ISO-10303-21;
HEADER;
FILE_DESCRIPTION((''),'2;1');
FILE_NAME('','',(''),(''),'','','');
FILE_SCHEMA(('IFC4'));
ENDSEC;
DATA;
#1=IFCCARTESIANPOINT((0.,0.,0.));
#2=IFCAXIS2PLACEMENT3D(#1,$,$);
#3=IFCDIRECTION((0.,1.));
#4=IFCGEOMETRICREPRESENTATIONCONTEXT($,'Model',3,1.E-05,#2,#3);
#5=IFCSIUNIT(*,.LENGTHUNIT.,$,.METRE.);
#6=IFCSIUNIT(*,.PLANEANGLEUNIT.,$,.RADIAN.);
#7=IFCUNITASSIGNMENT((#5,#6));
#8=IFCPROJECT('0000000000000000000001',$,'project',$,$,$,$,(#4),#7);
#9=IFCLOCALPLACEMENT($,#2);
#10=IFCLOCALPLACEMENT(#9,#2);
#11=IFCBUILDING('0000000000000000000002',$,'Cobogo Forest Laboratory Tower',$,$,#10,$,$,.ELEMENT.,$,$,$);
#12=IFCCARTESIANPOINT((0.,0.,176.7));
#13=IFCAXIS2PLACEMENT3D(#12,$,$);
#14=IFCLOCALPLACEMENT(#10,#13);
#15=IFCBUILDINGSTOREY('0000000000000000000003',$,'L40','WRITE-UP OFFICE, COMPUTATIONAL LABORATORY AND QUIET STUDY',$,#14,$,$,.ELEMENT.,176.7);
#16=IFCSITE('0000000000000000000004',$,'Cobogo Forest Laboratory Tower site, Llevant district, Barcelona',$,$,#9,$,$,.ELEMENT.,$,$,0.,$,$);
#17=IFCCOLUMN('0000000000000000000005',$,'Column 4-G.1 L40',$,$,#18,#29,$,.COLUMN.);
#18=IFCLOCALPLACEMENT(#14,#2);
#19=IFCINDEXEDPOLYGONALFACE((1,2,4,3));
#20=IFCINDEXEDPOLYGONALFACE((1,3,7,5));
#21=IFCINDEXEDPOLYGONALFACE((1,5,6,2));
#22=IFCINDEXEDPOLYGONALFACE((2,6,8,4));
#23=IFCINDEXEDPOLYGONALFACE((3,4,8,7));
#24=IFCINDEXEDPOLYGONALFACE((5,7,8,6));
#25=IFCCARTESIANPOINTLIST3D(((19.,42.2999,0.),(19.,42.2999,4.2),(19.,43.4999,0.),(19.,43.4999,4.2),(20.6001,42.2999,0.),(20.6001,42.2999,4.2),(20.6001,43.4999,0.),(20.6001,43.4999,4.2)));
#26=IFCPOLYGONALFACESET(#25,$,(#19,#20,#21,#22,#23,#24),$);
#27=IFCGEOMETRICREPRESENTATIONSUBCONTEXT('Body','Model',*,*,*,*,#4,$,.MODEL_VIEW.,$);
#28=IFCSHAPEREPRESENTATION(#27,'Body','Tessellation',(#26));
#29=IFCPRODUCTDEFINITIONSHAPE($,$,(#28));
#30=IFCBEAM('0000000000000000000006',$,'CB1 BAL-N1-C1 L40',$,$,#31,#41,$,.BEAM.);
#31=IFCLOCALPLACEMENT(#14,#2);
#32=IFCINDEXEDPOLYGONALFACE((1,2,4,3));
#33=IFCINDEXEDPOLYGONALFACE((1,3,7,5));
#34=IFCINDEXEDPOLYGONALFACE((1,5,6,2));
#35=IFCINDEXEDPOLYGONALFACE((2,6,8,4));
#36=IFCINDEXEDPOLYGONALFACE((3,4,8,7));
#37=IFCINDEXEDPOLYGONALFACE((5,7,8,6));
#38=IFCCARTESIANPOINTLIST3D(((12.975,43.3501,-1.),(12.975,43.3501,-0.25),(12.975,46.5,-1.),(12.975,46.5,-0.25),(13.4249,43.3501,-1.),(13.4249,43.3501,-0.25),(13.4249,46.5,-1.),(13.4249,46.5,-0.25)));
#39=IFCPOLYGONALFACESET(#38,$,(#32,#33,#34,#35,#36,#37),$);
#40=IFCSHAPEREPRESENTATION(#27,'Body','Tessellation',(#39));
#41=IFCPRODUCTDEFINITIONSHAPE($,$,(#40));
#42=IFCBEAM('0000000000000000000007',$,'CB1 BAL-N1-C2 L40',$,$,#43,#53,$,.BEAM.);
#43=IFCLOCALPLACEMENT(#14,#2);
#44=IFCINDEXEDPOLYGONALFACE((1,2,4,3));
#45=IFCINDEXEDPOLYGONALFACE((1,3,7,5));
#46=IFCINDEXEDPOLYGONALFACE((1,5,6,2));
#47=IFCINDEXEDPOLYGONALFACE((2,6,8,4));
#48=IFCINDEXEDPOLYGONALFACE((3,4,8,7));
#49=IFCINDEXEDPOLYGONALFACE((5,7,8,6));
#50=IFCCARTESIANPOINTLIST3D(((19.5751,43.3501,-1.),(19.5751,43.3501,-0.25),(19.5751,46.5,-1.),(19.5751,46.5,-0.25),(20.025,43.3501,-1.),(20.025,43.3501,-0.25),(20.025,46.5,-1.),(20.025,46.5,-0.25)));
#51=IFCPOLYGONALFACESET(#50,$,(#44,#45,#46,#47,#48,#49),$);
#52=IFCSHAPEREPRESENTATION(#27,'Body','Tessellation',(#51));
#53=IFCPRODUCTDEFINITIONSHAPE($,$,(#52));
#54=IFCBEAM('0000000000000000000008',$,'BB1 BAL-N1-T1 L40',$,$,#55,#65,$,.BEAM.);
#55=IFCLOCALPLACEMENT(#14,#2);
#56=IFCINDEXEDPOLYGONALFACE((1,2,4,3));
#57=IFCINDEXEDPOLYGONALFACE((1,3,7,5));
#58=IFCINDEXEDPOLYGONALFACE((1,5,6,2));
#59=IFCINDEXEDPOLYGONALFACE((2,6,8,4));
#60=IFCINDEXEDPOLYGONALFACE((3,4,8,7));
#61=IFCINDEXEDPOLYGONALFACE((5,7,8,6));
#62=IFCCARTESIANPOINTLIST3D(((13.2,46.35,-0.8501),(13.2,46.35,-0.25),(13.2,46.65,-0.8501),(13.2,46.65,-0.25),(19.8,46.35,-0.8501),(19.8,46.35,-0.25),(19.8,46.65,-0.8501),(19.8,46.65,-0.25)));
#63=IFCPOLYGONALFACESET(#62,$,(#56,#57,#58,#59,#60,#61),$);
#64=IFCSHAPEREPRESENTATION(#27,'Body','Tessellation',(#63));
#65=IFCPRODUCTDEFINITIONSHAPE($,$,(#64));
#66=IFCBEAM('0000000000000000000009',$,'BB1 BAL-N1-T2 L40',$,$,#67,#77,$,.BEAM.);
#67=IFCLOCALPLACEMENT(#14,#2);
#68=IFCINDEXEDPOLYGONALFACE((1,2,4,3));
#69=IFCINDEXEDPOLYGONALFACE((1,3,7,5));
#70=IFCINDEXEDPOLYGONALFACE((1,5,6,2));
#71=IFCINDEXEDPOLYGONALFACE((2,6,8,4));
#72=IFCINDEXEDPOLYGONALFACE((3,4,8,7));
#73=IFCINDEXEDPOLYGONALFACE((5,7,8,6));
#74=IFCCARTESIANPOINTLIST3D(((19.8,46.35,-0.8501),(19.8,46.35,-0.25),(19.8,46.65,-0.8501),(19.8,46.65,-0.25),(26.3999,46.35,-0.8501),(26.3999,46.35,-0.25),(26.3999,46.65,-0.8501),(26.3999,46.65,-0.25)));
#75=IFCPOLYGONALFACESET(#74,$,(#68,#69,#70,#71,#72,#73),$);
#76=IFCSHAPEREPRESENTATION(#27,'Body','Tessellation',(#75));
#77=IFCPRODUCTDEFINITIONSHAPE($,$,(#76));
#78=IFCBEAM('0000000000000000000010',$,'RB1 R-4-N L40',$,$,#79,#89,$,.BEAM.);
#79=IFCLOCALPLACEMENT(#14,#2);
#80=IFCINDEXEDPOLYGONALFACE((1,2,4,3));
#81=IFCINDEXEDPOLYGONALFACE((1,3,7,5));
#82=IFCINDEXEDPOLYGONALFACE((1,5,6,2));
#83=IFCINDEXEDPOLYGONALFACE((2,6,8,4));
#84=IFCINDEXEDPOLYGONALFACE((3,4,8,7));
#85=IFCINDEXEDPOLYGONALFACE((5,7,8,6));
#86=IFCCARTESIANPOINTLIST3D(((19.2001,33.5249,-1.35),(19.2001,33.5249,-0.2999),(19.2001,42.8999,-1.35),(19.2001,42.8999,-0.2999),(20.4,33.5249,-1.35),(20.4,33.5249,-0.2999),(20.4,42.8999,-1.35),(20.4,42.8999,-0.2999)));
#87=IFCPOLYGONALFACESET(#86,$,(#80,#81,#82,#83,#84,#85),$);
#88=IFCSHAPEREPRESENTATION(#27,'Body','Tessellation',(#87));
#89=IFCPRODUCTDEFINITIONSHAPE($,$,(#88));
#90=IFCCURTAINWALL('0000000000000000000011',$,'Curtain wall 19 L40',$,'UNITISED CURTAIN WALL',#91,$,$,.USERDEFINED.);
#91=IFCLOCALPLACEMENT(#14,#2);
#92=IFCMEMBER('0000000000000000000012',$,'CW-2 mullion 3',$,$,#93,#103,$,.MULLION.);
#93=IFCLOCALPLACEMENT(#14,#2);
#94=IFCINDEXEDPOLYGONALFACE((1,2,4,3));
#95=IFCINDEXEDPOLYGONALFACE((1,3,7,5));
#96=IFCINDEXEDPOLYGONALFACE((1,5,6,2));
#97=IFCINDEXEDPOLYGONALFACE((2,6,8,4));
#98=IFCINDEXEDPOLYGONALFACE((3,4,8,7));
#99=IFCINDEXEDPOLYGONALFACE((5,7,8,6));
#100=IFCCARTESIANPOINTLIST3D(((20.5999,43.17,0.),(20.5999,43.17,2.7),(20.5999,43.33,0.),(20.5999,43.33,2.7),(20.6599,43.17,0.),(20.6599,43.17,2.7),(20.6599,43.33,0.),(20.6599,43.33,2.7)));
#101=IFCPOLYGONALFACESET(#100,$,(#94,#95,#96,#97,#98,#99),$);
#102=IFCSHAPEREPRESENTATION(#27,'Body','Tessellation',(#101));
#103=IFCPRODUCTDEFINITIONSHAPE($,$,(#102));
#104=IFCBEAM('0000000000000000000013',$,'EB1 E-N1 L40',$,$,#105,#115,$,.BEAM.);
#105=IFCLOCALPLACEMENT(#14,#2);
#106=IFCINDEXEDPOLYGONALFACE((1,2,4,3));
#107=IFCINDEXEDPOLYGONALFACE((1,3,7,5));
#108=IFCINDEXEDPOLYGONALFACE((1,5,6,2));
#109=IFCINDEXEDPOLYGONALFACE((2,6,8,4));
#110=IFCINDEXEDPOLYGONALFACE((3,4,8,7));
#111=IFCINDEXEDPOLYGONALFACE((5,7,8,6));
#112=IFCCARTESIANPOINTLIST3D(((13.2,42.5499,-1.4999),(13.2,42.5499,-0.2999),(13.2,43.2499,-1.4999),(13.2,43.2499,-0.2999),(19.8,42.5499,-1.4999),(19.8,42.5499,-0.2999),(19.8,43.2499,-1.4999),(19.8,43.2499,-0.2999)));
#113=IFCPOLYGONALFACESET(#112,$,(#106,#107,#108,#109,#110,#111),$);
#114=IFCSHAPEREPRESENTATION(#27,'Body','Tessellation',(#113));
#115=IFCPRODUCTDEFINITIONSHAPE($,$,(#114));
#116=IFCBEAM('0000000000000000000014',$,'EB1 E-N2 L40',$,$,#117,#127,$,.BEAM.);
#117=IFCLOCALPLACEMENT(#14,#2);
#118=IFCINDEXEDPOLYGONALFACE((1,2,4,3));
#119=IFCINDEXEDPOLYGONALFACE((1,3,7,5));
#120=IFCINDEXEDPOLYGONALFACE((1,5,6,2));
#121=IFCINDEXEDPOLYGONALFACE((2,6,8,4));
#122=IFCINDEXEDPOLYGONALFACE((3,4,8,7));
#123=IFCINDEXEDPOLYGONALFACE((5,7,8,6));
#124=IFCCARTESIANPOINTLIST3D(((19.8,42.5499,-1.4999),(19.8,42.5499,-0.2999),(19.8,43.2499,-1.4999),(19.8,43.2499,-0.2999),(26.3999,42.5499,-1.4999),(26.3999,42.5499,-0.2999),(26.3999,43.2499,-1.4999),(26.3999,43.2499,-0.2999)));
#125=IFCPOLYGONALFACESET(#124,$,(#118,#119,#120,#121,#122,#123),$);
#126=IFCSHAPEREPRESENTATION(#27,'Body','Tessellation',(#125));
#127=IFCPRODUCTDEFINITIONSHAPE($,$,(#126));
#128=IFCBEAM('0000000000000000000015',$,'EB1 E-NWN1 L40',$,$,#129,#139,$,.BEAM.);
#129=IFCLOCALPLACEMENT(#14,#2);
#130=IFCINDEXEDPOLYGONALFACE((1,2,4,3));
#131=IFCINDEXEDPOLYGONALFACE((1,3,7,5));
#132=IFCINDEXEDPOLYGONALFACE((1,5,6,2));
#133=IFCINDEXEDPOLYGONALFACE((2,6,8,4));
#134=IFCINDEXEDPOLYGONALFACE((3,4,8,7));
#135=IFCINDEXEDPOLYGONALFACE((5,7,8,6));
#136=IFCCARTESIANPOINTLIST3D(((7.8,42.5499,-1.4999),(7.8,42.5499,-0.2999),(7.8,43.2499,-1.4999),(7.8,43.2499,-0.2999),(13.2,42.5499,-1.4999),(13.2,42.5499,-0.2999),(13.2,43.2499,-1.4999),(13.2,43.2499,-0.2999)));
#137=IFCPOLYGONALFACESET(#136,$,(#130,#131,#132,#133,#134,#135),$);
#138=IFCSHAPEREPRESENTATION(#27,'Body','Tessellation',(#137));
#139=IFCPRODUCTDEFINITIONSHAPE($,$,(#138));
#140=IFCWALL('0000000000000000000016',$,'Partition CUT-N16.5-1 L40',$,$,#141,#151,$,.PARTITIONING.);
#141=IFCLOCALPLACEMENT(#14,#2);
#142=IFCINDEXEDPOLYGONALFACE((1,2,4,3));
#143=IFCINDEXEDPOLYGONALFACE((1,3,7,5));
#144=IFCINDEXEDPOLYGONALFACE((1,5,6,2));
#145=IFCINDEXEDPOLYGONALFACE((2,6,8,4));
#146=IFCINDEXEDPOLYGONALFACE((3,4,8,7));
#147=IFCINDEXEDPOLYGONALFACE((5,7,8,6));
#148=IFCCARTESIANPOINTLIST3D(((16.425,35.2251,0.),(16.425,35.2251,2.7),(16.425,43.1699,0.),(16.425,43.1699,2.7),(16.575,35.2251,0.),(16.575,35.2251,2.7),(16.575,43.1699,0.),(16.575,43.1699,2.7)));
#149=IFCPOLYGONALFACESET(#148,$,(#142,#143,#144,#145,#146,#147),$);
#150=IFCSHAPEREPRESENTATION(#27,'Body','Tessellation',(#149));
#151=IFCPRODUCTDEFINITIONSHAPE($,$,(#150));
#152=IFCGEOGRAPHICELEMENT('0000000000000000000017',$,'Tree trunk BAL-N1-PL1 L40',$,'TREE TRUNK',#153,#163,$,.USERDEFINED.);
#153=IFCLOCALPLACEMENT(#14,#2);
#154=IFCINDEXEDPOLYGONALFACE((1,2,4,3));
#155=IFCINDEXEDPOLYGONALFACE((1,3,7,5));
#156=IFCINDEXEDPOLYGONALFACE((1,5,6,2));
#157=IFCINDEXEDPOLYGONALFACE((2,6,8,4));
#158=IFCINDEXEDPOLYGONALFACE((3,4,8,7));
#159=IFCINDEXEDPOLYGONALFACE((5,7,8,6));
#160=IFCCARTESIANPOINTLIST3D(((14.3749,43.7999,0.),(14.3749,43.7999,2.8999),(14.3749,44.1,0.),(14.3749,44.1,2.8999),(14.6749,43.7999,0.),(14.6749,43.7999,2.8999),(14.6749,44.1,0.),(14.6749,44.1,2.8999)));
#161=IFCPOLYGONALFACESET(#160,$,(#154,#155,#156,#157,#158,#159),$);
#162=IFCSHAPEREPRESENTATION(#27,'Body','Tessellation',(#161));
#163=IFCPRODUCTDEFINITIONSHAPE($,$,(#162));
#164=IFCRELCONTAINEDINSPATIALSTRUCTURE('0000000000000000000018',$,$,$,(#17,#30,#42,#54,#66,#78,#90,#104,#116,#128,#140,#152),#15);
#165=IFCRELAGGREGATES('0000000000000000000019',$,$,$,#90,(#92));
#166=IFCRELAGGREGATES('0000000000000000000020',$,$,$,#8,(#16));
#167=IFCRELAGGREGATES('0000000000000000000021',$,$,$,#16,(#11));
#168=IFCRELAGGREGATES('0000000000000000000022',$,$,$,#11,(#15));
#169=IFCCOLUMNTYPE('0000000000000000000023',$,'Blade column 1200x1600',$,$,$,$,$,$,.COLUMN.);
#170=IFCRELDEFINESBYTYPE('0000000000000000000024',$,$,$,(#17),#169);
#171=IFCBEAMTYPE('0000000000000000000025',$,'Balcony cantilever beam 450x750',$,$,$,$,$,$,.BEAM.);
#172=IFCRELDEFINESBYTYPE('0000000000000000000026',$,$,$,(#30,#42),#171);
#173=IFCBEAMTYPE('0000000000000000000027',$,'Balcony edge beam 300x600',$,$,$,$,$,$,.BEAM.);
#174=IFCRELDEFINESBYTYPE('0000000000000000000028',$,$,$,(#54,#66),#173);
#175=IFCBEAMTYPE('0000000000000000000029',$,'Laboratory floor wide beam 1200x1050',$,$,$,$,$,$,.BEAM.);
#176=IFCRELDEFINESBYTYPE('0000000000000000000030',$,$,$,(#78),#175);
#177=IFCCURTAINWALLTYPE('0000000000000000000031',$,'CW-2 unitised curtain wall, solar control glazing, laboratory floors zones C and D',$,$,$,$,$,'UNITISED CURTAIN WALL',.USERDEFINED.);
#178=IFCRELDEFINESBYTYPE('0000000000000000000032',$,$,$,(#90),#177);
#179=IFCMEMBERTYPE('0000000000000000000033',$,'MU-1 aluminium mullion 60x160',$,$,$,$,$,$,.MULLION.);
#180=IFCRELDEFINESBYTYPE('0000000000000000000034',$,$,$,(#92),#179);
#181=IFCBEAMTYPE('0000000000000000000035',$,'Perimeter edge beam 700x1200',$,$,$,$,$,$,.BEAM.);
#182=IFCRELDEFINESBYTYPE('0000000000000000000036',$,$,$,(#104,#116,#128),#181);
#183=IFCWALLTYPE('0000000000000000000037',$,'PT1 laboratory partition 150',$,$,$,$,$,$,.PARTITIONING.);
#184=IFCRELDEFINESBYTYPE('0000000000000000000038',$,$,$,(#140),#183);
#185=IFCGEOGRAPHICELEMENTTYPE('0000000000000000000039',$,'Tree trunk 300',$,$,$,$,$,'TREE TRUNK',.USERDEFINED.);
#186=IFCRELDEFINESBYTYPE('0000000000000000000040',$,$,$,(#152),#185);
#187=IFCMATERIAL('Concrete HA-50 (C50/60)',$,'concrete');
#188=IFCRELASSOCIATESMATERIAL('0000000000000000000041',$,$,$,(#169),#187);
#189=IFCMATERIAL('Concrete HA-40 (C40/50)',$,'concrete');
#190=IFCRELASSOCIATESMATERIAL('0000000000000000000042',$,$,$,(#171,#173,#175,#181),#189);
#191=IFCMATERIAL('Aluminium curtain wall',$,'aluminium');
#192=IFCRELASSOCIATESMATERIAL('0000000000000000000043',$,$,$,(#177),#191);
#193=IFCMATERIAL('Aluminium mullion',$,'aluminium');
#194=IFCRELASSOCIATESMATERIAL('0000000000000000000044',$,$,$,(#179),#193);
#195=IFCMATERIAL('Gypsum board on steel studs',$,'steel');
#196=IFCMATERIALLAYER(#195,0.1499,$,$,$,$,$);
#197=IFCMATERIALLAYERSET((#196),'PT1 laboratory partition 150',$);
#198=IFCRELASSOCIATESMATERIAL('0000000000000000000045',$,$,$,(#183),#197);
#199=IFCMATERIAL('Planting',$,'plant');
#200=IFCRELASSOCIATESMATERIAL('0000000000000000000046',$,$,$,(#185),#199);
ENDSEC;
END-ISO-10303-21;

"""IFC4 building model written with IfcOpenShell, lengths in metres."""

from ifc_helpers import new_model, si_unit, direction, frame, frame_2d, origin, origin_2d, place, context, subcontext, project, spatial, rectangle, extrude, material, layer, layer_set, material_profile, profile_set, type_object, element, aggregate, save


model = new_model("IFC4")

# Units and contexts
model_context = context("Model", 3, precision=1e-05, world=origin(), true_north=direction((0.0, 1.0)))
body_context = subcontext(model_context, "Body", "Model", "MODEL_VIEW")
ifc_project = project(units=[si_unit("LENGTHUNIT", "METRE"), si_unit("PLANEANGLEUNIT", "RADIAN")], contexts=[model_context])

# Site, building, storey
site_placement = place(None, origin())
site = spatial("IfcSite", under=ifc_project, at=site_placement, Name="Cobogo Forest Laboratory Tower site, Llevant district, Barcelona", CompositionType="ELEMENT", RefElevation=0.0)
building_placement = place(site_placement, origin())
building = spatial("IfcBuilding", under=site, at=building_placement, Name="Cobogo Forest Laboratory Tower", CompositionType="ELEMENT")
storey_placement = place(building_placement, frame((0.0, 0.0, 176.7)))
storey = spatial("IfcBuildingStorey", under=building, at=storey_placement, Name="L40", Description="WRITE-UP OFFICE, COMPUTATIONAL LABORATORY AND QUIET STUDY", CompositionType="ELEMENT", Elevation=176.7)

# Column
ifc_material_1 = material(Name="Concrete HA-50 (C50/60)", Category="concrete")
ifc_material_profile_1 = material_profile(ifc_material_1, rectangle(XDim=1.6001, YDim=1.2, at=origin_2d()), Name="RC 1200x1600")
ifc_profile_set_1 = profile_set([ifc_material_profile_1], Name="Concrete HA-50 (C50/60)")
column_type = type_object("IfcColumnType", Name="Blade column 1200x1600", PredefinedType="COLUMN", material=ifc_profile_set_1)
column_placement = place(storey_placement, frame((19.8, 42.8999, 0.0), z_axis=(0.0, 0.0, 1.0), x_axis=(1.0, 0.0, 0.0)))
element("IfcColumn", 1, at=column_placement, inside=storey, type_object=column_type, Name="Column 4-G.1 L40", PredefinedType="COLUMN", context=body_context, shape_type="SweptSolid", body=[
    extrude(rectangle(XDim=1.6001, YDim=1.2, at=origin_2d()), origin(), (0.0, 0.0, 1.0), 4.2),
])

# Beams
ifc_material_2 = material(Name="Concrete HA-40 (C40/50)", Category="concrete")
ifc_material_profile_2 = material_profile(ifc_material_2, rectangle(XDim=0.45, YDim=0.75, at=origin_2d()), Name="RC 450x750")
ifc_profile_set_2 = profile_set([ifc_material_profile_2], Name="Concrete HA-40 (C40/50)")
beam_type_1 = type_object("IfcBeamType", Name="Balcony cantilever beam 450x750", PredefinedType="BEAM", material=ifc_profile_set_2)
for number, where, z_axis, x_axis, name in (
    (2, (13.2, 43.3501, -0.625), (0.0, 1.0, 0.0), (-1.0, 0.0, 0.0), "CB1 BAL-N1-C1 L40"),
    (3, (19.8, 43.3501, -0.625), (0.0, 1.0, 0.0), (-1.0, 0.0, 0.0), "CB1 BAL-N1-C2 L40"),
):
    element("IfcBeam", number, at=place(storey_placement, frame(where, z_axis=z_axis, x_axis=x_axis)), inside=storey, type_object=beam_type_1, Name=name, PredefinedType="BEAM", context=body_context, shape_type="SweptSolid", body=[
        extrude(rectangle(XDim=0.45, YDim=0.75, at=origin_2d()), origin(), (0.0, 0.0, 1.0), 3.1499),
    ])
ifc_material_profile_3 = material_profile(ifc_material_2, rectangle(XDim=0.3, YDim=0.6001, at=origin_2d()), Name="RC 300x600")
ifc_profile_set_3 = profile_set([ifc_material_profile_3], Name="Concrete HA-40 (C40/50)")
beam_type_2 = type_object("IfcBeamType", Name="Balcony edge beam 300x600", PredefinedType="BEAM", material=ifc_profile_set_3)
beam_1_placement = place(storey_placement, frame((13.2, 46.5, -0.55), z_axis=(1.0, 0.0, 0.0), x_axis=(0.0, 1.0, 0.0)))
element("IfcBeam", 4, at=beam_1_placement, inside=storey, type_object=beam_type_2, Name="BB1 BAL-N1-T1 L40", PredefinedType="BEAM", context=body_context, shape_type="SweptSolid", body=[
    extrude(rectangle(XDim=0.3, YDim=0.6001, at=origin_2d()), origin(), (0.0, 0.0, 1.0), 6.6001),
])
beam_2_placement = place(storey_placement, frame((19.8, 46.5, -0.55), z_axis=(1.0, 0.0, 0.0), x_axis=(0.0, 1.0, 0.0)))
element("IfcBeam", 5, at=beam_2_placement, inside=storey, type_object=beam_type_2, Name="BB1 BAL-N1-T2 L40", PredefinedType="BEAM", context=body_context, shape_type="SweptSolid", body=[
    extrude(rectangle(XDim=0.3, YDim=0.6001, at=origin_2d()), origin(), (0.0, 0.0, 1.0), 6.5999),
])
ifc_material_profile_4 = material_profile(ifc_material_2, rectangle(XDim=1.2, YDim=1.05, at=origin_2d()), Name="RC 1200x1050")
ifc_profile_set_4 = profile_set([ifc_material_profile_4], Name="Concrete HA-40 (C40/50)")
beam_type_3 = type_object("IfcBeamType", Name="Laboratory floor wide beam 1200x1050", PredefinedType="BEAM", material=ifc_profile_set_4)
beam_3_placement = place(storey_placement, frame((19.8, 33.5249, -0.825), z_axis=(0.0, 1.0, 0.0), x_axis=(-1.0, 0.0, 0.0)))
element("IfcBeam", 6, at=beam_3_placement, inside=storey, type_object=beam_type_3, Name="RB1 R-4-N L40", PredefinedType="BEAM", context=body_context, shape_type="SweptSolid", body=[
    extrude(rectangle(XDim=1.2, YDim=1.05, at=origin_2d()), origin(), (0.0, 0.0, 1.0), 9.375),
])

# Curtain wall, member
ifc_material_3 = material(Name="Aluminium curtain wall", Category="aluminium")
curtain_wall_type = type_object("IfcCurtainWallType", Name="CW-2 unitised curtain wall, solar control glazing, laboratory floors zones C and D", ElementType="UNITISED CURTAIN WALL", PredefinedType="USERDEFINED", material=ifc_material_3)
curtain_wall_placement = place(storey_placement, origin())
curtain_wall = element("IfcCurtainWall", 7, at=curtain_wall_placement, inside=storey, type_object=curtain_wall_type, Name="Curtain wall 19 L40", ObjectType="UNITISED CURTAIN WALL", PredefinedType="USERDEFINED")
ifc_material_4 = material(Name="Aluminium mullion", Category="aluminium")
ifc_material_profile_5 = material_profile(ifc_material_4, rectangle(XDim=0.0601, YDim=0.1599, at=origin_2d()), Name="AL 60x160")
ifc_profile_set_5 = profile_set([ifc_material_profile_5], Name="Aluminium mullion")
member_type = type_object("IfcMemberType", Name="MU-1 aluminium mullion 60x160", PredefinedType="MULLION", material=ifc_profile_set_5)
member_placement = place(storey_placement, frame((20.6299, 43.25, 0.0), z_axis=(0.0, 0.0, 1.0), x_axis=(-1.0, 0.0, 0.0)))
member = element("IfcMember", 8, at=member_placement, type_object=member_type, Name="CW-2 mullion 3", PredefinedType="MULLION", context=body_context, shape_type="SweptSolid", body=[
    extrude(rectangle(XDim=0.0601, YDim=0.1599, at=origin_2d()), origin(), (0.0, 0.0, 1.0), 2.7),
])
aggregate(curtain_wall, [member])

# Beams
ifc_material_profile_6 = material_profile(ifc_material_2, rectangle(XDim=0.7, YDim=1.2, at=origin_2d()), Name="RC 700x1200")
ifc_profile_set_6 = profile_set([ifc_material_profile_6], Name="Concrete HA-40 (C40/50)")
beam_type_4 = type_object("IfcBeamType", Name="Perimeter edge beam 700x1200", PredefinedType="BEAM", material=ifc_profile_set_6)
beam_4_placement = place(storey_placement, frame((13.2, 42.8999, -0.8999), z_axis=(1.0, 0.0, 0.0), x_axis=(0.0, 1.0, 0.0)))
element("IfcBeam", 9, at=beam_4_placement, inside=storey, type_object=beam_type_4, Name="EB1 E-N1 L40", PredefinedType="BEAM", context=body_context, shape_type="SweptSolid", body=[
    extrude(rectangle(XDim=0.7, YDim=1.2, at=origin_2d()), origin(), (0.0, 0.0, 1.0), 6.6001),
])
beam_5_placement = place(storey_placement, frame((19.8, 42.8999, -0.8999), z_axis=(1.0, 0.0, 0.0), x_axis=(0.0, 1.0, 0.0)))
element("IfcBeam", 10, at=beam_5_placement, inside=storey, type_object=beam_type_4, Name="EB1 E-N2 L40", PredefinedType="BEAM", context=body_context, shape_type="SweptSolid", body=[
    extrude(rectangle(XDim=0.7, YDim=1.2, at=origin_2d()), origin(), (0.0, 0.0, 1.0), 6.5999),
])
beam_6_placement = place(storey_placement, frame((13.2, 42.8999, -0.8999), z_axis=(-1.0, 0.0, 0.0), x_axis=(0.0, -1.0, 0.0)))
element("IfcBeam", 11, at=beam_6_placement, inside=storey, type_object=beam_type_4, Name="EB1 E-NWN1 L40", PredefinedType="BEAM", context=body_context, shape_type="SweptSolid", body=[
    extrude(rectangle(XDim=0.7, YDim=1.2, at=origin_2d()), origin(), (0.0, 0.0, 1.0), 5.3999),
])

# Wall
ifc_material_5 = material(Name="Gypsum board on steel studs", Category="steel")
ifc_layer_1 = layer(ifc_material_5, 0.1499)
ifc_layer_set_1 = layer_set([ifc_layer_1], Name="PT1 laboratory partition 150")
wall_type_1 = type_object("IfcWallType", Name="PT1 laboratory partition 150", PredefinedType="PARTITIONING", material=ifc_layer_set_1)
wall_1_placement = place(storey_placement, frame((16.5, 43.1699, 0.0), z_axis=(0.0, 0.0, 1.0), x_axis=(0.0, -1.0, 0.0)))
element("IfcWall", 12, at=wall_1_placement, inside=storey, type_object=wall_type_1, Name="Partition CUT-N16.5-1 L40", PredefinedType="PARTITIONING", context=body_context, shape_type="SweptSolid", body=[
    extrude(rectangle(XDim=7.9448, YDim=0.1499, at=frame_2d((3.9724, 0.0))), origin(), (0.0, 0.0, 1.0), 2.7),
])

# Geographic element
ifc_material_6 = material(Name="Planting", Category="plant")
geographic_element_type = type_object("IfcGeographicElementType", Name="Tree trunk 300", ElementType="TREE TRUNK", PredefinedType="USERDEFINED", material=ifc_material_6)
geographic_element_placement = place(storey_placement, frame((14.5249, 43.95, 0.0), z_axis=(0.0, 0.0, 1.0), x_axis=(1.0, 0.0, 0.0)))
element("IfcGeographicElement", 13, at=geographic_element_placement, inside=storey, type_object=geographic_element_type, Name="Tree trunk BAL-N1-PL1 L40", ObjectType="TREE TRUNK", PredefinedType="USERDEFINED", context=body_context, shape_type="SweptSolid", body=[
    extrude(rectangle(XDim=0.3, YDim=0.3, at=origin_2d()), origin(), (0.0, 0.0, 1.0), 2.8999),
])

save(model, "model.ifc")
